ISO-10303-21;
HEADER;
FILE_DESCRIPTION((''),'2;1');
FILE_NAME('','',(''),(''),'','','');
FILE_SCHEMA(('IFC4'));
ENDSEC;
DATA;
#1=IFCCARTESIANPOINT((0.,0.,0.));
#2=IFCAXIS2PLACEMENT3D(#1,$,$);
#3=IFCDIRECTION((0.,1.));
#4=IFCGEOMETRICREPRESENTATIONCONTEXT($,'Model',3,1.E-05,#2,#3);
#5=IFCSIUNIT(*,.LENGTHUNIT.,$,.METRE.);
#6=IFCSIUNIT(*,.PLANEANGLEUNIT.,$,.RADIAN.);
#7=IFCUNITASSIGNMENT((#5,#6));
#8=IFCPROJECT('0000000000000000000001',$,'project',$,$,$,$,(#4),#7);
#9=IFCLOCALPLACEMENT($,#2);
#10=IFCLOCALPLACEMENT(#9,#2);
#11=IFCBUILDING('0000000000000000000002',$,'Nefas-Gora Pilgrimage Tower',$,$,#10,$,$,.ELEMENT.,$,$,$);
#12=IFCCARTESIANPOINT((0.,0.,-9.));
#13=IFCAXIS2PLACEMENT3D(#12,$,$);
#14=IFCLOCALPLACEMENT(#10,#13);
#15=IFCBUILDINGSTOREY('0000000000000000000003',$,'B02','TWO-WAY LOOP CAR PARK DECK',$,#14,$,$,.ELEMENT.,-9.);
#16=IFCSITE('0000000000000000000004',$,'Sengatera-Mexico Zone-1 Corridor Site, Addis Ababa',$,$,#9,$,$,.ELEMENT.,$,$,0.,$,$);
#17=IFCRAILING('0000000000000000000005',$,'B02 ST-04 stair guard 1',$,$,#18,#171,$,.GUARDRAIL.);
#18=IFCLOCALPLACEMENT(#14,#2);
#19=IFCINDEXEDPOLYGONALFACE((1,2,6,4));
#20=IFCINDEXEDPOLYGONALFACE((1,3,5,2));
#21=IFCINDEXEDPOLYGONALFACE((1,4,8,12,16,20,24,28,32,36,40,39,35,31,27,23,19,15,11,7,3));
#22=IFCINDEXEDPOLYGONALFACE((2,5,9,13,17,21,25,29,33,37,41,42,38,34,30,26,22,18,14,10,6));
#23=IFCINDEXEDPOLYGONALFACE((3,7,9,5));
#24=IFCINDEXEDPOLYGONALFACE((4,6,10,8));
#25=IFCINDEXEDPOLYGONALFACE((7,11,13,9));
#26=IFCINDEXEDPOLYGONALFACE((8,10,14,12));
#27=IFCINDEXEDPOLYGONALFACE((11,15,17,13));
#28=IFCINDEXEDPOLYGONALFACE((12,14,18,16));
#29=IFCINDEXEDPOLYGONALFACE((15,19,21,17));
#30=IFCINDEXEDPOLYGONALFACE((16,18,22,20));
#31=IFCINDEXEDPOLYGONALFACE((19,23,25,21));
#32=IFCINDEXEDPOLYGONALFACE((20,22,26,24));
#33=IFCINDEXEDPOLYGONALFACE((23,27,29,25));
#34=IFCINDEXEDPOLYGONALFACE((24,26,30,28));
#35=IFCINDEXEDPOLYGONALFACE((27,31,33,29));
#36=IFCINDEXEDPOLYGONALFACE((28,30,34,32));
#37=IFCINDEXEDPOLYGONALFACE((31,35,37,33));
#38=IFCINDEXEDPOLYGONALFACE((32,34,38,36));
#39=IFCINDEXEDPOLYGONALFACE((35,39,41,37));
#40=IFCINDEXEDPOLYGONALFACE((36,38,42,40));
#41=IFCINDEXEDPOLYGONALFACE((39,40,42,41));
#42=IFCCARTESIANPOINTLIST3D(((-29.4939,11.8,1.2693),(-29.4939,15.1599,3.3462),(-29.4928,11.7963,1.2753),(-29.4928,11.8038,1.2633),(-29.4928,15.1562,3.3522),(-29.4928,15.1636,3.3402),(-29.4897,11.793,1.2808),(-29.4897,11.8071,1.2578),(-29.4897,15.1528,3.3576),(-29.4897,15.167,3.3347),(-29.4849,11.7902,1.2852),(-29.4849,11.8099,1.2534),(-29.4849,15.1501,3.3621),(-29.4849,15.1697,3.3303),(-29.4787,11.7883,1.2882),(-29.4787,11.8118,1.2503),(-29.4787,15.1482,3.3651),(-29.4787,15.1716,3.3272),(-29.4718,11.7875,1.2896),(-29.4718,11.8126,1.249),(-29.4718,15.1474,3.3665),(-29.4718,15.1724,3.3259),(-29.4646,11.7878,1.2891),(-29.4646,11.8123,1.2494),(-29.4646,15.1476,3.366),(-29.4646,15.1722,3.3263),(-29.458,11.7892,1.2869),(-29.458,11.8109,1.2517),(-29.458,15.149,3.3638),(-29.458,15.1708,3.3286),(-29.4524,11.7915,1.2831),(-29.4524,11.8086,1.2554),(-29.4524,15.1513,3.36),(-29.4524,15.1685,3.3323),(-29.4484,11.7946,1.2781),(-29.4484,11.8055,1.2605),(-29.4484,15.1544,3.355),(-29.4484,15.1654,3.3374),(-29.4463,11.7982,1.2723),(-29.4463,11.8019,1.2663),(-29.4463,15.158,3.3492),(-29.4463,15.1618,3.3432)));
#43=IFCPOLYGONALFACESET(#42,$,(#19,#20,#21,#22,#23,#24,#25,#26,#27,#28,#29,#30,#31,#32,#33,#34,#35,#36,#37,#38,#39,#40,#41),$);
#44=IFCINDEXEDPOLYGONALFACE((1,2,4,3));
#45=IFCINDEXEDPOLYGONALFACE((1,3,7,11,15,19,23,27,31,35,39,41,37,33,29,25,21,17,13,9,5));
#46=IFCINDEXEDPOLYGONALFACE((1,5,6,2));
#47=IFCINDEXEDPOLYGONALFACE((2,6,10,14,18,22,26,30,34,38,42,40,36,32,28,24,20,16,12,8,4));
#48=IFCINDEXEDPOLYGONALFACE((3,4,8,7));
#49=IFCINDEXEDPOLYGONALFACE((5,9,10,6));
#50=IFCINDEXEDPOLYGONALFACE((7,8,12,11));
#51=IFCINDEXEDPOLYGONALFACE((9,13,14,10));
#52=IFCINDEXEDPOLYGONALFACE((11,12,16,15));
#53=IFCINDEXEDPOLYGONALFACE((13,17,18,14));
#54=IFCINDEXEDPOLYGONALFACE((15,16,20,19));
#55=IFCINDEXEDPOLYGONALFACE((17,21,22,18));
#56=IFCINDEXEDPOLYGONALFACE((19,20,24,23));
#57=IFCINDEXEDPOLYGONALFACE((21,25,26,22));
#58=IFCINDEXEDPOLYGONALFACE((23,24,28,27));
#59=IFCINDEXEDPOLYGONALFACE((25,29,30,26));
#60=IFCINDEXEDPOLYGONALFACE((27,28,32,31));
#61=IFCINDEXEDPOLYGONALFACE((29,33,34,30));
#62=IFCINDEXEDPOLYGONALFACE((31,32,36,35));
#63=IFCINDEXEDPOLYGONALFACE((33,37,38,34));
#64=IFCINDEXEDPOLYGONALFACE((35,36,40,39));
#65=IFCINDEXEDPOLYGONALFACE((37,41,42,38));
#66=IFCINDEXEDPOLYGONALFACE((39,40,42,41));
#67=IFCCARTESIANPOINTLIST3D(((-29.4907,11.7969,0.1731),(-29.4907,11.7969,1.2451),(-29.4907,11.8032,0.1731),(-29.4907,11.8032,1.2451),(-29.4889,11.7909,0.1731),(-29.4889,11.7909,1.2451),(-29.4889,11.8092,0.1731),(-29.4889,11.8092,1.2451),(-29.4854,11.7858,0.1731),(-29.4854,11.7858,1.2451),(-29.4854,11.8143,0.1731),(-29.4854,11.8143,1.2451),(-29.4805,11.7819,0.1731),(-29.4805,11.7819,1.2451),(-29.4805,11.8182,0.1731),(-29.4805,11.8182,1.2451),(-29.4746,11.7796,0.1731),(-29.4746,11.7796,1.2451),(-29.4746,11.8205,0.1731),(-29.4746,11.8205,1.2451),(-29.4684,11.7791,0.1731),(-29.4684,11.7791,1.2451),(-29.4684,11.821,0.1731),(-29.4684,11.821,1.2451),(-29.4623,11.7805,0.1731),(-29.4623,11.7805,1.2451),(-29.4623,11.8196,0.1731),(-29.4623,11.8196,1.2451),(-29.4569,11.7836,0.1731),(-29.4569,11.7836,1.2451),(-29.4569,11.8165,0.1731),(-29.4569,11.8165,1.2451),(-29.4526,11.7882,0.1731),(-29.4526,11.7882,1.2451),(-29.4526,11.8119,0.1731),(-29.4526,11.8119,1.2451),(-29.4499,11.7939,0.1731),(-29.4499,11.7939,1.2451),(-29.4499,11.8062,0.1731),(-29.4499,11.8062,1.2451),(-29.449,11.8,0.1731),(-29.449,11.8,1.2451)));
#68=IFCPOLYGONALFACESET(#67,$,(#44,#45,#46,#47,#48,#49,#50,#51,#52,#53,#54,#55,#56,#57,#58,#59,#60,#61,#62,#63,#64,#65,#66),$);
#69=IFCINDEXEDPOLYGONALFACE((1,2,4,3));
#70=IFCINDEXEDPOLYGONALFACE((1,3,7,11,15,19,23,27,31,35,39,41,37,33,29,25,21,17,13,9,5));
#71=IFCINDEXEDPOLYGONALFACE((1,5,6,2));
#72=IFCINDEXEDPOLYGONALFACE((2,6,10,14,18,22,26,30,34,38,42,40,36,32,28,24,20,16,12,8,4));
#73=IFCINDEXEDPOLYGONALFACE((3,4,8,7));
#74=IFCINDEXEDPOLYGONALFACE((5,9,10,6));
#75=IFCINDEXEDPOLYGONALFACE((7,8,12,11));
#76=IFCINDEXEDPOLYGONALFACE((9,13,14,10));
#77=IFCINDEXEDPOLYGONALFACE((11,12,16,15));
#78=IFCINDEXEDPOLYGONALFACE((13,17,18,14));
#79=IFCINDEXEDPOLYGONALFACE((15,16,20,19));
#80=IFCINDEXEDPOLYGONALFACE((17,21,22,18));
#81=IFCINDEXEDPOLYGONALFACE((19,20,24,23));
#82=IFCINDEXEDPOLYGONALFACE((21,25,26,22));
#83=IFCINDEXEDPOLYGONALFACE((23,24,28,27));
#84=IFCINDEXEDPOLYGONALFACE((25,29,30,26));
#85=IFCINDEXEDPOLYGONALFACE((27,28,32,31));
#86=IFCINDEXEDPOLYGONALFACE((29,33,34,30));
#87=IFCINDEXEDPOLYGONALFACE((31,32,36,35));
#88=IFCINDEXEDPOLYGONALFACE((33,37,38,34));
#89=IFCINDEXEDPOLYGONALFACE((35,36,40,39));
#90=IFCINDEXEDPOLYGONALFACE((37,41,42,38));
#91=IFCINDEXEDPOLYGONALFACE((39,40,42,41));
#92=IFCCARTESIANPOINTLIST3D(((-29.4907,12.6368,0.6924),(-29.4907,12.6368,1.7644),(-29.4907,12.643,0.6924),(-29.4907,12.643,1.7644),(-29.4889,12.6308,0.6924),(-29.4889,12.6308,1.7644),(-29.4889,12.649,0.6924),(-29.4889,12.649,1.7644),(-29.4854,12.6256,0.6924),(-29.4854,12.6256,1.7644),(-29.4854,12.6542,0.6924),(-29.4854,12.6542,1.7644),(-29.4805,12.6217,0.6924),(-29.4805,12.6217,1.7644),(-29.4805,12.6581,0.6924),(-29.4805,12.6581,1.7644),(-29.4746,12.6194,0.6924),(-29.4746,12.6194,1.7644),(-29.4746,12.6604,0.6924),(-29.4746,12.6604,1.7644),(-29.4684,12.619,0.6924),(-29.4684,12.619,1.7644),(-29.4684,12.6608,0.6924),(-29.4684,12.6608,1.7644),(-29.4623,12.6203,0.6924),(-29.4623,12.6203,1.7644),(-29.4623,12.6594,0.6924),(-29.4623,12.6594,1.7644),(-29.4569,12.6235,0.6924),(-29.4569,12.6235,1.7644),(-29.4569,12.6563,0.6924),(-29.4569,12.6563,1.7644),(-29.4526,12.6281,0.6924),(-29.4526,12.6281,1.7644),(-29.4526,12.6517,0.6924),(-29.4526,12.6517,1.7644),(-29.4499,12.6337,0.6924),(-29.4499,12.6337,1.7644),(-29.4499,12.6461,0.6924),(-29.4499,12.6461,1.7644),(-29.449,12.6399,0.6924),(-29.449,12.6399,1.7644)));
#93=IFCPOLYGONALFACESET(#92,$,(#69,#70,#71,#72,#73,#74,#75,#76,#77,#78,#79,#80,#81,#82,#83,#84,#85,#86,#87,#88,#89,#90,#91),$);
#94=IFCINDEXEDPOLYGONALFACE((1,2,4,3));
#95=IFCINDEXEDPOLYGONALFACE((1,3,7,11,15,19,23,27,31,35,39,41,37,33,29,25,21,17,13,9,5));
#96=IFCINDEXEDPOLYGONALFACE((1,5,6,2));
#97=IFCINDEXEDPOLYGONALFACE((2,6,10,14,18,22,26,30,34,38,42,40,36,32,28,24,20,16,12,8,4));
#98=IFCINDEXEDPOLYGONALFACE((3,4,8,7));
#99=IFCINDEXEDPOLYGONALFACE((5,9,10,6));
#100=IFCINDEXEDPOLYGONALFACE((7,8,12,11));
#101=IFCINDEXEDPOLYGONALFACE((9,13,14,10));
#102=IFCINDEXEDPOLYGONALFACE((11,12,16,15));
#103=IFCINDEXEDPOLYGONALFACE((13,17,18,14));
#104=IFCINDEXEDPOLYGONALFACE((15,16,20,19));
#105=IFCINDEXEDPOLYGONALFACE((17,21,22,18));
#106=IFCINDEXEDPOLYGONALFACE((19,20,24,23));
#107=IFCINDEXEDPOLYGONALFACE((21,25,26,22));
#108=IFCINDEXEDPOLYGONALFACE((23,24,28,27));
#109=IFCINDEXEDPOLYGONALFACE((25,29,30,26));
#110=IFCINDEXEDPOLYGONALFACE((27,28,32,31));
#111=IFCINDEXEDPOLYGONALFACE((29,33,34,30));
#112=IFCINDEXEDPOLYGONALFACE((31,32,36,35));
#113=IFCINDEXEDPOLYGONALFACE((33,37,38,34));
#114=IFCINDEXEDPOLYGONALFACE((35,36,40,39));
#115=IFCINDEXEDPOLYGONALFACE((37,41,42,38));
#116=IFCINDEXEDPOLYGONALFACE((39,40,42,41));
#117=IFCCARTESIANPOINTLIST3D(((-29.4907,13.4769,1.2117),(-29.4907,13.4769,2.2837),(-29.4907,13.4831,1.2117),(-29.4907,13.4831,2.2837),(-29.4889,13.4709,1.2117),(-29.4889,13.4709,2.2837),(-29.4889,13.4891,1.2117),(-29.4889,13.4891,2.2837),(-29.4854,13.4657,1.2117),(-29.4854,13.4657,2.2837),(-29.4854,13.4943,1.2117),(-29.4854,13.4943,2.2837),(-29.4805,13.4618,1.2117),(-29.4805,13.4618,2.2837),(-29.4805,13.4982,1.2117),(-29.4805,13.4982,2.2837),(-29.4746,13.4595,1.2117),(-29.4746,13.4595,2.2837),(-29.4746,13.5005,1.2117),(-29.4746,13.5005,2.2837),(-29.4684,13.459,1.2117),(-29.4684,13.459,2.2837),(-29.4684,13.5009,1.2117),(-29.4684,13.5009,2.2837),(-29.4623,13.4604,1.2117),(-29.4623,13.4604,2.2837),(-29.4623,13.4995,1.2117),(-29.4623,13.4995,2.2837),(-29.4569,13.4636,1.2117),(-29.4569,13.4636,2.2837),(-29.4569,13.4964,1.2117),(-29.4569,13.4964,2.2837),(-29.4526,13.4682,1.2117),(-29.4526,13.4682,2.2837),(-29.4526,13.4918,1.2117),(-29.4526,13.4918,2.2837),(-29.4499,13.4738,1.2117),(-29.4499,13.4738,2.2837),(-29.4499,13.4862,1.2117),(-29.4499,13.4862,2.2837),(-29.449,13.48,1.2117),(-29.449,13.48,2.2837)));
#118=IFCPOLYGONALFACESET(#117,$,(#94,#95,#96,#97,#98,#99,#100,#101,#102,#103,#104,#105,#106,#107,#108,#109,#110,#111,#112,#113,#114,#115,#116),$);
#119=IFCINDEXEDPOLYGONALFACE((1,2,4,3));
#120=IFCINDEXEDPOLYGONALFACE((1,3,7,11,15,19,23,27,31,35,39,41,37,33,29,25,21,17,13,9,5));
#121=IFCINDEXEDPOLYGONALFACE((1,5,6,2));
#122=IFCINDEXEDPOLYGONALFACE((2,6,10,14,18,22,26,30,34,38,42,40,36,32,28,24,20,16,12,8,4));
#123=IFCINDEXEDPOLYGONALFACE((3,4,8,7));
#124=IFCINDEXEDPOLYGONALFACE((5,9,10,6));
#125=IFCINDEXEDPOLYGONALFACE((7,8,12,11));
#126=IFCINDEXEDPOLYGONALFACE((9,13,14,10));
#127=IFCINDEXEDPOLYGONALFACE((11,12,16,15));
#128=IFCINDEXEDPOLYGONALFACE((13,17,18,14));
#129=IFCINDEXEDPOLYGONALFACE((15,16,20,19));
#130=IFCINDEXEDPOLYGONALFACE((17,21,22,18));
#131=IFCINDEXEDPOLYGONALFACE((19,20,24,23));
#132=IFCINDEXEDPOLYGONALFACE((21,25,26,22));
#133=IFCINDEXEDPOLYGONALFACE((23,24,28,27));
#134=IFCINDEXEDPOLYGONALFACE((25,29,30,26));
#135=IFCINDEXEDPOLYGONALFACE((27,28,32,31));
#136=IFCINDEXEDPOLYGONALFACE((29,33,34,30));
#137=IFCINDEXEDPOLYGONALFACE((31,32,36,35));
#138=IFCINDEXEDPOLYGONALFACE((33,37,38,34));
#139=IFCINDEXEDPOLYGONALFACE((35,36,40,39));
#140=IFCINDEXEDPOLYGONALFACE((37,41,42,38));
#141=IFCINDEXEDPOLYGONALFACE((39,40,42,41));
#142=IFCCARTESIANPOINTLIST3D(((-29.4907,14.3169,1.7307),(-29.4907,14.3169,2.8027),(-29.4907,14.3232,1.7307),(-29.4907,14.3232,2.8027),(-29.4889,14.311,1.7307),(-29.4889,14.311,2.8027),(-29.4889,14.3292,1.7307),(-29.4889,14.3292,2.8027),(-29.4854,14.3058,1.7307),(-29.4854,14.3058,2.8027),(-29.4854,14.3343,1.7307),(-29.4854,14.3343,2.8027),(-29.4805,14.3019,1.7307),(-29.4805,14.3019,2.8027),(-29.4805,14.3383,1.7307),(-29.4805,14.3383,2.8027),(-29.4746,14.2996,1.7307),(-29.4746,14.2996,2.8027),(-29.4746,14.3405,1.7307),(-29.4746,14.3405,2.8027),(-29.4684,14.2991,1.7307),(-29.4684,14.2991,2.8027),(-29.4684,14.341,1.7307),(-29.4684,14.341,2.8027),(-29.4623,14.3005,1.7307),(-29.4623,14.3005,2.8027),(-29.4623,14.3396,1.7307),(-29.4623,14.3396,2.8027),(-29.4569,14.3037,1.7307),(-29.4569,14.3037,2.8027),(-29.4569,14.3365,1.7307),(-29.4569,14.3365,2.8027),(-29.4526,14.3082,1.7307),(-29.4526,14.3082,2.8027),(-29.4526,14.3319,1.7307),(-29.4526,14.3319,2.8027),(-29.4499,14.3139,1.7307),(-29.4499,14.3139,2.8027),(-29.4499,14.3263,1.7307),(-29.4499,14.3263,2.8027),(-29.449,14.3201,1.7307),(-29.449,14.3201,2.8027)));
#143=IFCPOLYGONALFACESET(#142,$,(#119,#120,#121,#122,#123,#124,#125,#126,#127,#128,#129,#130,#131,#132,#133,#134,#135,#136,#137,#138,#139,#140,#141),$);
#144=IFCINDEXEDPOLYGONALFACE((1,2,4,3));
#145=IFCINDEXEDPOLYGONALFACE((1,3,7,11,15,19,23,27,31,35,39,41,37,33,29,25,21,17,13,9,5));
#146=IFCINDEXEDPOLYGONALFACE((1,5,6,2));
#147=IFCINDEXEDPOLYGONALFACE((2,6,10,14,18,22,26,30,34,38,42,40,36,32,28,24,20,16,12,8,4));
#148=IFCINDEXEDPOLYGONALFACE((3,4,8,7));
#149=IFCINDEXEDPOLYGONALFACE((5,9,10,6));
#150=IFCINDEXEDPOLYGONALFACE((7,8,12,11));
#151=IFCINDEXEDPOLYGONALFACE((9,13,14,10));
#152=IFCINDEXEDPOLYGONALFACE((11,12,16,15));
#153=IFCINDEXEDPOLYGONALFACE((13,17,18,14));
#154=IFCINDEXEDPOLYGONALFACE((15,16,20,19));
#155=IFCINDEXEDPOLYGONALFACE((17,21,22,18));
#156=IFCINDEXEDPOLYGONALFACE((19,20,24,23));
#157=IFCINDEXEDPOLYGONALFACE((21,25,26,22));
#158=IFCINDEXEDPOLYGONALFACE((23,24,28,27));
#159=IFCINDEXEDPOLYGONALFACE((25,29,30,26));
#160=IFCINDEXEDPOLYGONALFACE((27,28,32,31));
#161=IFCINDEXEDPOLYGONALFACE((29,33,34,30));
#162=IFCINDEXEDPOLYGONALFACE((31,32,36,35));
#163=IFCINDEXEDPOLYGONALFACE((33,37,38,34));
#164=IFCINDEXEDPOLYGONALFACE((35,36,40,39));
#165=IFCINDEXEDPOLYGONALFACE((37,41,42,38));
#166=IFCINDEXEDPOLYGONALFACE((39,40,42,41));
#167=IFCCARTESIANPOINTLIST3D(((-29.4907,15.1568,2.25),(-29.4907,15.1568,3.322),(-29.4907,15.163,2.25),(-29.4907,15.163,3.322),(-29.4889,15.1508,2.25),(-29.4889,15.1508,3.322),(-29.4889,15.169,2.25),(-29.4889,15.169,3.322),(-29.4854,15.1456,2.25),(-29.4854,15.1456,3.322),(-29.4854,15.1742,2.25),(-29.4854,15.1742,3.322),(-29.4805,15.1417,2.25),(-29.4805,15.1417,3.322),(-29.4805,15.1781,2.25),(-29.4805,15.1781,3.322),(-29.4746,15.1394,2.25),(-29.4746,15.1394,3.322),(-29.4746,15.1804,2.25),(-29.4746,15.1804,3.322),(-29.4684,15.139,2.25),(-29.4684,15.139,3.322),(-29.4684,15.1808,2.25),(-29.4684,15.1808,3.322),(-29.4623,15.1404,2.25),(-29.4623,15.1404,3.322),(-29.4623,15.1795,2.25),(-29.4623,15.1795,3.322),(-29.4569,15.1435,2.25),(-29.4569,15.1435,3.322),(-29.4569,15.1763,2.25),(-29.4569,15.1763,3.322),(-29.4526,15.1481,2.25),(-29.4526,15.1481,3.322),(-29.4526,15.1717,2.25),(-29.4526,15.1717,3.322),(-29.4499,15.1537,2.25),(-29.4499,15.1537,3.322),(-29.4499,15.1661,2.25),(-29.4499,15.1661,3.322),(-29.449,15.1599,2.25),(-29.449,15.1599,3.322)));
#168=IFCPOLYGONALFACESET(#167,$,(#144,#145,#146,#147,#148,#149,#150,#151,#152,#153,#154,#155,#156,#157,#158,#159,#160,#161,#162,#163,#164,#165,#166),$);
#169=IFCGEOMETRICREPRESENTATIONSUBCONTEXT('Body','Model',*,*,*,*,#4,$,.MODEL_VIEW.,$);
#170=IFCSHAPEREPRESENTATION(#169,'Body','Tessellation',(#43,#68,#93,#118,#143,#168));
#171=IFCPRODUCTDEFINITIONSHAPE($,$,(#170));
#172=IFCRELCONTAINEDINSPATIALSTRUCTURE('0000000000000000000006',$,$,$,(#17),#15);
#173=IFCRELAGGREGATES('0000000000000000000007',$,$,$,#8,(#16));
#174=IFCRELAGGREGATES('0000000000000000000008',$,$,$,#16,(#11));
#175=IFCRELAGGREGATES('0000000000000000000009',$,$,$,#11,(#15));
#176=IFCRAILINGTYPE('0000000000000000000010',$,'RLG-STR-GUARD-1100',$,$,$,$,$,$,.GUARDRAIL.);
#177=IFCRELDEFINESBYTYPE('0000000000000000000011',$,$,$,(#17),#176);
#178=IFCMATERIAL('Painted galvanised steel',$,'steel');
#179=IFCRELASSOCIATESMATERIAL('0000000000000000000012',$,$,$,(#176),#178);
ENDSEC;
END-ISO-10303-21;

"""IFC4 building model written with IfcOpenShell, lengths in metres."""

from ifc_helpers import new_model, si_unit, direction, frame, origin, origin_2d, place, context, subcontext, project, spatial, circle, extrude, material, type_object, element, save


model = new_model("IFC4")

# Units and contexts
model_context = context("Model", 3, precision=1e-05, world=origin(), true_north=direction((0.0, 1.0)))
body_context = subcontext(model_context, "Body", "Model", "MODEL_VIEW")
ifc_project = project(units=[si_unit("LENGTHUNIT", "METRE"), si_unit("PLANEANGLEUNIT", "RADIAN")], contexts=[model_context])

# Site, building, storey
site_placement = place(None, origin())
site = spatial("IfcSite", under=ifc_project, at=site_placement, Name="Sengatera-Mexico Zone-1 Corridor Site, Addis Ababa", CompositionType="ELEMENT", RefElevation=0.0)
building_placement = place(site_placement, origin())
building = spatial("IfcBuilding", under=site, at=building_placement, Name="Nefas-Gora Pilgrimage Tower", CompositionType="ELEMENT")
storey_placement = place(building_placement, frame((0.0, 0.0, -9.0)))
storey = spatial("IfcBuildingStorey", under=building, at=storey_placement, Name="B02", Description="TWO-WAY LOOP CAR PARK DECK", CompositionType="ELEMENT", Elevation=-9.0)

# Railing
ifc_material_1 = material(Name="Painted galvanised steel", Category="steel")
railing_type_1 = type_object("IfcRailingType", Name="RLG-STR-GUARD-1100", PredefinedType="GUARDRAIL", material=ifc_material_1)
railing_1_placement = place(storey_placement, frame((-29.47, 11.8, 0.1731)))
element("IfcRailing", 1, at=railing_1_placement, inside=storey, type_object=railing_type_1, Name="B02 ST-04 stair guard 1", PredefinedType="GUARDRAIL", context=body_context, shape_type="SweptSolid", body=[
    extrude(circle(Radius=0.0239, at=origin_2d()), frame((0.0, 0.0, 1.0962), z_axis=(0.0, 0.850606, 0.525803), x_axis=(-1.0, 0.0, 0.0)), (0.0, 0.0, 1.0), 3.95),
    extrude(circle(Radius=0.021, at=origin_2d()), origin(), (0.0, 0.0, 1.0), 1.072),
    extrude(circle(Radius=0.021, at=origin_2d()), frame((0.0, 0.8398, 0.5193)), (0.0, 0.0, 1.0), 1.072),
    extrude(circle(Radius=0.021, at=origin_2d()), frame((0.0, 1.6799, 1.0386)), (0.0, 0.0, 1.0), 1.072),
    extrude(circle(Radius=0.021, at=origin_2d()), frame((0.0, 2.52, 1.5576)), (0.0, 0.0, 1.0), 1.072),
    extrude(circle(Radius=0.021, at=origin_2d()), frame((0.0, 3.3599, 2.0769)), (0.0, 0.0, 1.0), 1.072),
])

save(model, "model.ifc")
